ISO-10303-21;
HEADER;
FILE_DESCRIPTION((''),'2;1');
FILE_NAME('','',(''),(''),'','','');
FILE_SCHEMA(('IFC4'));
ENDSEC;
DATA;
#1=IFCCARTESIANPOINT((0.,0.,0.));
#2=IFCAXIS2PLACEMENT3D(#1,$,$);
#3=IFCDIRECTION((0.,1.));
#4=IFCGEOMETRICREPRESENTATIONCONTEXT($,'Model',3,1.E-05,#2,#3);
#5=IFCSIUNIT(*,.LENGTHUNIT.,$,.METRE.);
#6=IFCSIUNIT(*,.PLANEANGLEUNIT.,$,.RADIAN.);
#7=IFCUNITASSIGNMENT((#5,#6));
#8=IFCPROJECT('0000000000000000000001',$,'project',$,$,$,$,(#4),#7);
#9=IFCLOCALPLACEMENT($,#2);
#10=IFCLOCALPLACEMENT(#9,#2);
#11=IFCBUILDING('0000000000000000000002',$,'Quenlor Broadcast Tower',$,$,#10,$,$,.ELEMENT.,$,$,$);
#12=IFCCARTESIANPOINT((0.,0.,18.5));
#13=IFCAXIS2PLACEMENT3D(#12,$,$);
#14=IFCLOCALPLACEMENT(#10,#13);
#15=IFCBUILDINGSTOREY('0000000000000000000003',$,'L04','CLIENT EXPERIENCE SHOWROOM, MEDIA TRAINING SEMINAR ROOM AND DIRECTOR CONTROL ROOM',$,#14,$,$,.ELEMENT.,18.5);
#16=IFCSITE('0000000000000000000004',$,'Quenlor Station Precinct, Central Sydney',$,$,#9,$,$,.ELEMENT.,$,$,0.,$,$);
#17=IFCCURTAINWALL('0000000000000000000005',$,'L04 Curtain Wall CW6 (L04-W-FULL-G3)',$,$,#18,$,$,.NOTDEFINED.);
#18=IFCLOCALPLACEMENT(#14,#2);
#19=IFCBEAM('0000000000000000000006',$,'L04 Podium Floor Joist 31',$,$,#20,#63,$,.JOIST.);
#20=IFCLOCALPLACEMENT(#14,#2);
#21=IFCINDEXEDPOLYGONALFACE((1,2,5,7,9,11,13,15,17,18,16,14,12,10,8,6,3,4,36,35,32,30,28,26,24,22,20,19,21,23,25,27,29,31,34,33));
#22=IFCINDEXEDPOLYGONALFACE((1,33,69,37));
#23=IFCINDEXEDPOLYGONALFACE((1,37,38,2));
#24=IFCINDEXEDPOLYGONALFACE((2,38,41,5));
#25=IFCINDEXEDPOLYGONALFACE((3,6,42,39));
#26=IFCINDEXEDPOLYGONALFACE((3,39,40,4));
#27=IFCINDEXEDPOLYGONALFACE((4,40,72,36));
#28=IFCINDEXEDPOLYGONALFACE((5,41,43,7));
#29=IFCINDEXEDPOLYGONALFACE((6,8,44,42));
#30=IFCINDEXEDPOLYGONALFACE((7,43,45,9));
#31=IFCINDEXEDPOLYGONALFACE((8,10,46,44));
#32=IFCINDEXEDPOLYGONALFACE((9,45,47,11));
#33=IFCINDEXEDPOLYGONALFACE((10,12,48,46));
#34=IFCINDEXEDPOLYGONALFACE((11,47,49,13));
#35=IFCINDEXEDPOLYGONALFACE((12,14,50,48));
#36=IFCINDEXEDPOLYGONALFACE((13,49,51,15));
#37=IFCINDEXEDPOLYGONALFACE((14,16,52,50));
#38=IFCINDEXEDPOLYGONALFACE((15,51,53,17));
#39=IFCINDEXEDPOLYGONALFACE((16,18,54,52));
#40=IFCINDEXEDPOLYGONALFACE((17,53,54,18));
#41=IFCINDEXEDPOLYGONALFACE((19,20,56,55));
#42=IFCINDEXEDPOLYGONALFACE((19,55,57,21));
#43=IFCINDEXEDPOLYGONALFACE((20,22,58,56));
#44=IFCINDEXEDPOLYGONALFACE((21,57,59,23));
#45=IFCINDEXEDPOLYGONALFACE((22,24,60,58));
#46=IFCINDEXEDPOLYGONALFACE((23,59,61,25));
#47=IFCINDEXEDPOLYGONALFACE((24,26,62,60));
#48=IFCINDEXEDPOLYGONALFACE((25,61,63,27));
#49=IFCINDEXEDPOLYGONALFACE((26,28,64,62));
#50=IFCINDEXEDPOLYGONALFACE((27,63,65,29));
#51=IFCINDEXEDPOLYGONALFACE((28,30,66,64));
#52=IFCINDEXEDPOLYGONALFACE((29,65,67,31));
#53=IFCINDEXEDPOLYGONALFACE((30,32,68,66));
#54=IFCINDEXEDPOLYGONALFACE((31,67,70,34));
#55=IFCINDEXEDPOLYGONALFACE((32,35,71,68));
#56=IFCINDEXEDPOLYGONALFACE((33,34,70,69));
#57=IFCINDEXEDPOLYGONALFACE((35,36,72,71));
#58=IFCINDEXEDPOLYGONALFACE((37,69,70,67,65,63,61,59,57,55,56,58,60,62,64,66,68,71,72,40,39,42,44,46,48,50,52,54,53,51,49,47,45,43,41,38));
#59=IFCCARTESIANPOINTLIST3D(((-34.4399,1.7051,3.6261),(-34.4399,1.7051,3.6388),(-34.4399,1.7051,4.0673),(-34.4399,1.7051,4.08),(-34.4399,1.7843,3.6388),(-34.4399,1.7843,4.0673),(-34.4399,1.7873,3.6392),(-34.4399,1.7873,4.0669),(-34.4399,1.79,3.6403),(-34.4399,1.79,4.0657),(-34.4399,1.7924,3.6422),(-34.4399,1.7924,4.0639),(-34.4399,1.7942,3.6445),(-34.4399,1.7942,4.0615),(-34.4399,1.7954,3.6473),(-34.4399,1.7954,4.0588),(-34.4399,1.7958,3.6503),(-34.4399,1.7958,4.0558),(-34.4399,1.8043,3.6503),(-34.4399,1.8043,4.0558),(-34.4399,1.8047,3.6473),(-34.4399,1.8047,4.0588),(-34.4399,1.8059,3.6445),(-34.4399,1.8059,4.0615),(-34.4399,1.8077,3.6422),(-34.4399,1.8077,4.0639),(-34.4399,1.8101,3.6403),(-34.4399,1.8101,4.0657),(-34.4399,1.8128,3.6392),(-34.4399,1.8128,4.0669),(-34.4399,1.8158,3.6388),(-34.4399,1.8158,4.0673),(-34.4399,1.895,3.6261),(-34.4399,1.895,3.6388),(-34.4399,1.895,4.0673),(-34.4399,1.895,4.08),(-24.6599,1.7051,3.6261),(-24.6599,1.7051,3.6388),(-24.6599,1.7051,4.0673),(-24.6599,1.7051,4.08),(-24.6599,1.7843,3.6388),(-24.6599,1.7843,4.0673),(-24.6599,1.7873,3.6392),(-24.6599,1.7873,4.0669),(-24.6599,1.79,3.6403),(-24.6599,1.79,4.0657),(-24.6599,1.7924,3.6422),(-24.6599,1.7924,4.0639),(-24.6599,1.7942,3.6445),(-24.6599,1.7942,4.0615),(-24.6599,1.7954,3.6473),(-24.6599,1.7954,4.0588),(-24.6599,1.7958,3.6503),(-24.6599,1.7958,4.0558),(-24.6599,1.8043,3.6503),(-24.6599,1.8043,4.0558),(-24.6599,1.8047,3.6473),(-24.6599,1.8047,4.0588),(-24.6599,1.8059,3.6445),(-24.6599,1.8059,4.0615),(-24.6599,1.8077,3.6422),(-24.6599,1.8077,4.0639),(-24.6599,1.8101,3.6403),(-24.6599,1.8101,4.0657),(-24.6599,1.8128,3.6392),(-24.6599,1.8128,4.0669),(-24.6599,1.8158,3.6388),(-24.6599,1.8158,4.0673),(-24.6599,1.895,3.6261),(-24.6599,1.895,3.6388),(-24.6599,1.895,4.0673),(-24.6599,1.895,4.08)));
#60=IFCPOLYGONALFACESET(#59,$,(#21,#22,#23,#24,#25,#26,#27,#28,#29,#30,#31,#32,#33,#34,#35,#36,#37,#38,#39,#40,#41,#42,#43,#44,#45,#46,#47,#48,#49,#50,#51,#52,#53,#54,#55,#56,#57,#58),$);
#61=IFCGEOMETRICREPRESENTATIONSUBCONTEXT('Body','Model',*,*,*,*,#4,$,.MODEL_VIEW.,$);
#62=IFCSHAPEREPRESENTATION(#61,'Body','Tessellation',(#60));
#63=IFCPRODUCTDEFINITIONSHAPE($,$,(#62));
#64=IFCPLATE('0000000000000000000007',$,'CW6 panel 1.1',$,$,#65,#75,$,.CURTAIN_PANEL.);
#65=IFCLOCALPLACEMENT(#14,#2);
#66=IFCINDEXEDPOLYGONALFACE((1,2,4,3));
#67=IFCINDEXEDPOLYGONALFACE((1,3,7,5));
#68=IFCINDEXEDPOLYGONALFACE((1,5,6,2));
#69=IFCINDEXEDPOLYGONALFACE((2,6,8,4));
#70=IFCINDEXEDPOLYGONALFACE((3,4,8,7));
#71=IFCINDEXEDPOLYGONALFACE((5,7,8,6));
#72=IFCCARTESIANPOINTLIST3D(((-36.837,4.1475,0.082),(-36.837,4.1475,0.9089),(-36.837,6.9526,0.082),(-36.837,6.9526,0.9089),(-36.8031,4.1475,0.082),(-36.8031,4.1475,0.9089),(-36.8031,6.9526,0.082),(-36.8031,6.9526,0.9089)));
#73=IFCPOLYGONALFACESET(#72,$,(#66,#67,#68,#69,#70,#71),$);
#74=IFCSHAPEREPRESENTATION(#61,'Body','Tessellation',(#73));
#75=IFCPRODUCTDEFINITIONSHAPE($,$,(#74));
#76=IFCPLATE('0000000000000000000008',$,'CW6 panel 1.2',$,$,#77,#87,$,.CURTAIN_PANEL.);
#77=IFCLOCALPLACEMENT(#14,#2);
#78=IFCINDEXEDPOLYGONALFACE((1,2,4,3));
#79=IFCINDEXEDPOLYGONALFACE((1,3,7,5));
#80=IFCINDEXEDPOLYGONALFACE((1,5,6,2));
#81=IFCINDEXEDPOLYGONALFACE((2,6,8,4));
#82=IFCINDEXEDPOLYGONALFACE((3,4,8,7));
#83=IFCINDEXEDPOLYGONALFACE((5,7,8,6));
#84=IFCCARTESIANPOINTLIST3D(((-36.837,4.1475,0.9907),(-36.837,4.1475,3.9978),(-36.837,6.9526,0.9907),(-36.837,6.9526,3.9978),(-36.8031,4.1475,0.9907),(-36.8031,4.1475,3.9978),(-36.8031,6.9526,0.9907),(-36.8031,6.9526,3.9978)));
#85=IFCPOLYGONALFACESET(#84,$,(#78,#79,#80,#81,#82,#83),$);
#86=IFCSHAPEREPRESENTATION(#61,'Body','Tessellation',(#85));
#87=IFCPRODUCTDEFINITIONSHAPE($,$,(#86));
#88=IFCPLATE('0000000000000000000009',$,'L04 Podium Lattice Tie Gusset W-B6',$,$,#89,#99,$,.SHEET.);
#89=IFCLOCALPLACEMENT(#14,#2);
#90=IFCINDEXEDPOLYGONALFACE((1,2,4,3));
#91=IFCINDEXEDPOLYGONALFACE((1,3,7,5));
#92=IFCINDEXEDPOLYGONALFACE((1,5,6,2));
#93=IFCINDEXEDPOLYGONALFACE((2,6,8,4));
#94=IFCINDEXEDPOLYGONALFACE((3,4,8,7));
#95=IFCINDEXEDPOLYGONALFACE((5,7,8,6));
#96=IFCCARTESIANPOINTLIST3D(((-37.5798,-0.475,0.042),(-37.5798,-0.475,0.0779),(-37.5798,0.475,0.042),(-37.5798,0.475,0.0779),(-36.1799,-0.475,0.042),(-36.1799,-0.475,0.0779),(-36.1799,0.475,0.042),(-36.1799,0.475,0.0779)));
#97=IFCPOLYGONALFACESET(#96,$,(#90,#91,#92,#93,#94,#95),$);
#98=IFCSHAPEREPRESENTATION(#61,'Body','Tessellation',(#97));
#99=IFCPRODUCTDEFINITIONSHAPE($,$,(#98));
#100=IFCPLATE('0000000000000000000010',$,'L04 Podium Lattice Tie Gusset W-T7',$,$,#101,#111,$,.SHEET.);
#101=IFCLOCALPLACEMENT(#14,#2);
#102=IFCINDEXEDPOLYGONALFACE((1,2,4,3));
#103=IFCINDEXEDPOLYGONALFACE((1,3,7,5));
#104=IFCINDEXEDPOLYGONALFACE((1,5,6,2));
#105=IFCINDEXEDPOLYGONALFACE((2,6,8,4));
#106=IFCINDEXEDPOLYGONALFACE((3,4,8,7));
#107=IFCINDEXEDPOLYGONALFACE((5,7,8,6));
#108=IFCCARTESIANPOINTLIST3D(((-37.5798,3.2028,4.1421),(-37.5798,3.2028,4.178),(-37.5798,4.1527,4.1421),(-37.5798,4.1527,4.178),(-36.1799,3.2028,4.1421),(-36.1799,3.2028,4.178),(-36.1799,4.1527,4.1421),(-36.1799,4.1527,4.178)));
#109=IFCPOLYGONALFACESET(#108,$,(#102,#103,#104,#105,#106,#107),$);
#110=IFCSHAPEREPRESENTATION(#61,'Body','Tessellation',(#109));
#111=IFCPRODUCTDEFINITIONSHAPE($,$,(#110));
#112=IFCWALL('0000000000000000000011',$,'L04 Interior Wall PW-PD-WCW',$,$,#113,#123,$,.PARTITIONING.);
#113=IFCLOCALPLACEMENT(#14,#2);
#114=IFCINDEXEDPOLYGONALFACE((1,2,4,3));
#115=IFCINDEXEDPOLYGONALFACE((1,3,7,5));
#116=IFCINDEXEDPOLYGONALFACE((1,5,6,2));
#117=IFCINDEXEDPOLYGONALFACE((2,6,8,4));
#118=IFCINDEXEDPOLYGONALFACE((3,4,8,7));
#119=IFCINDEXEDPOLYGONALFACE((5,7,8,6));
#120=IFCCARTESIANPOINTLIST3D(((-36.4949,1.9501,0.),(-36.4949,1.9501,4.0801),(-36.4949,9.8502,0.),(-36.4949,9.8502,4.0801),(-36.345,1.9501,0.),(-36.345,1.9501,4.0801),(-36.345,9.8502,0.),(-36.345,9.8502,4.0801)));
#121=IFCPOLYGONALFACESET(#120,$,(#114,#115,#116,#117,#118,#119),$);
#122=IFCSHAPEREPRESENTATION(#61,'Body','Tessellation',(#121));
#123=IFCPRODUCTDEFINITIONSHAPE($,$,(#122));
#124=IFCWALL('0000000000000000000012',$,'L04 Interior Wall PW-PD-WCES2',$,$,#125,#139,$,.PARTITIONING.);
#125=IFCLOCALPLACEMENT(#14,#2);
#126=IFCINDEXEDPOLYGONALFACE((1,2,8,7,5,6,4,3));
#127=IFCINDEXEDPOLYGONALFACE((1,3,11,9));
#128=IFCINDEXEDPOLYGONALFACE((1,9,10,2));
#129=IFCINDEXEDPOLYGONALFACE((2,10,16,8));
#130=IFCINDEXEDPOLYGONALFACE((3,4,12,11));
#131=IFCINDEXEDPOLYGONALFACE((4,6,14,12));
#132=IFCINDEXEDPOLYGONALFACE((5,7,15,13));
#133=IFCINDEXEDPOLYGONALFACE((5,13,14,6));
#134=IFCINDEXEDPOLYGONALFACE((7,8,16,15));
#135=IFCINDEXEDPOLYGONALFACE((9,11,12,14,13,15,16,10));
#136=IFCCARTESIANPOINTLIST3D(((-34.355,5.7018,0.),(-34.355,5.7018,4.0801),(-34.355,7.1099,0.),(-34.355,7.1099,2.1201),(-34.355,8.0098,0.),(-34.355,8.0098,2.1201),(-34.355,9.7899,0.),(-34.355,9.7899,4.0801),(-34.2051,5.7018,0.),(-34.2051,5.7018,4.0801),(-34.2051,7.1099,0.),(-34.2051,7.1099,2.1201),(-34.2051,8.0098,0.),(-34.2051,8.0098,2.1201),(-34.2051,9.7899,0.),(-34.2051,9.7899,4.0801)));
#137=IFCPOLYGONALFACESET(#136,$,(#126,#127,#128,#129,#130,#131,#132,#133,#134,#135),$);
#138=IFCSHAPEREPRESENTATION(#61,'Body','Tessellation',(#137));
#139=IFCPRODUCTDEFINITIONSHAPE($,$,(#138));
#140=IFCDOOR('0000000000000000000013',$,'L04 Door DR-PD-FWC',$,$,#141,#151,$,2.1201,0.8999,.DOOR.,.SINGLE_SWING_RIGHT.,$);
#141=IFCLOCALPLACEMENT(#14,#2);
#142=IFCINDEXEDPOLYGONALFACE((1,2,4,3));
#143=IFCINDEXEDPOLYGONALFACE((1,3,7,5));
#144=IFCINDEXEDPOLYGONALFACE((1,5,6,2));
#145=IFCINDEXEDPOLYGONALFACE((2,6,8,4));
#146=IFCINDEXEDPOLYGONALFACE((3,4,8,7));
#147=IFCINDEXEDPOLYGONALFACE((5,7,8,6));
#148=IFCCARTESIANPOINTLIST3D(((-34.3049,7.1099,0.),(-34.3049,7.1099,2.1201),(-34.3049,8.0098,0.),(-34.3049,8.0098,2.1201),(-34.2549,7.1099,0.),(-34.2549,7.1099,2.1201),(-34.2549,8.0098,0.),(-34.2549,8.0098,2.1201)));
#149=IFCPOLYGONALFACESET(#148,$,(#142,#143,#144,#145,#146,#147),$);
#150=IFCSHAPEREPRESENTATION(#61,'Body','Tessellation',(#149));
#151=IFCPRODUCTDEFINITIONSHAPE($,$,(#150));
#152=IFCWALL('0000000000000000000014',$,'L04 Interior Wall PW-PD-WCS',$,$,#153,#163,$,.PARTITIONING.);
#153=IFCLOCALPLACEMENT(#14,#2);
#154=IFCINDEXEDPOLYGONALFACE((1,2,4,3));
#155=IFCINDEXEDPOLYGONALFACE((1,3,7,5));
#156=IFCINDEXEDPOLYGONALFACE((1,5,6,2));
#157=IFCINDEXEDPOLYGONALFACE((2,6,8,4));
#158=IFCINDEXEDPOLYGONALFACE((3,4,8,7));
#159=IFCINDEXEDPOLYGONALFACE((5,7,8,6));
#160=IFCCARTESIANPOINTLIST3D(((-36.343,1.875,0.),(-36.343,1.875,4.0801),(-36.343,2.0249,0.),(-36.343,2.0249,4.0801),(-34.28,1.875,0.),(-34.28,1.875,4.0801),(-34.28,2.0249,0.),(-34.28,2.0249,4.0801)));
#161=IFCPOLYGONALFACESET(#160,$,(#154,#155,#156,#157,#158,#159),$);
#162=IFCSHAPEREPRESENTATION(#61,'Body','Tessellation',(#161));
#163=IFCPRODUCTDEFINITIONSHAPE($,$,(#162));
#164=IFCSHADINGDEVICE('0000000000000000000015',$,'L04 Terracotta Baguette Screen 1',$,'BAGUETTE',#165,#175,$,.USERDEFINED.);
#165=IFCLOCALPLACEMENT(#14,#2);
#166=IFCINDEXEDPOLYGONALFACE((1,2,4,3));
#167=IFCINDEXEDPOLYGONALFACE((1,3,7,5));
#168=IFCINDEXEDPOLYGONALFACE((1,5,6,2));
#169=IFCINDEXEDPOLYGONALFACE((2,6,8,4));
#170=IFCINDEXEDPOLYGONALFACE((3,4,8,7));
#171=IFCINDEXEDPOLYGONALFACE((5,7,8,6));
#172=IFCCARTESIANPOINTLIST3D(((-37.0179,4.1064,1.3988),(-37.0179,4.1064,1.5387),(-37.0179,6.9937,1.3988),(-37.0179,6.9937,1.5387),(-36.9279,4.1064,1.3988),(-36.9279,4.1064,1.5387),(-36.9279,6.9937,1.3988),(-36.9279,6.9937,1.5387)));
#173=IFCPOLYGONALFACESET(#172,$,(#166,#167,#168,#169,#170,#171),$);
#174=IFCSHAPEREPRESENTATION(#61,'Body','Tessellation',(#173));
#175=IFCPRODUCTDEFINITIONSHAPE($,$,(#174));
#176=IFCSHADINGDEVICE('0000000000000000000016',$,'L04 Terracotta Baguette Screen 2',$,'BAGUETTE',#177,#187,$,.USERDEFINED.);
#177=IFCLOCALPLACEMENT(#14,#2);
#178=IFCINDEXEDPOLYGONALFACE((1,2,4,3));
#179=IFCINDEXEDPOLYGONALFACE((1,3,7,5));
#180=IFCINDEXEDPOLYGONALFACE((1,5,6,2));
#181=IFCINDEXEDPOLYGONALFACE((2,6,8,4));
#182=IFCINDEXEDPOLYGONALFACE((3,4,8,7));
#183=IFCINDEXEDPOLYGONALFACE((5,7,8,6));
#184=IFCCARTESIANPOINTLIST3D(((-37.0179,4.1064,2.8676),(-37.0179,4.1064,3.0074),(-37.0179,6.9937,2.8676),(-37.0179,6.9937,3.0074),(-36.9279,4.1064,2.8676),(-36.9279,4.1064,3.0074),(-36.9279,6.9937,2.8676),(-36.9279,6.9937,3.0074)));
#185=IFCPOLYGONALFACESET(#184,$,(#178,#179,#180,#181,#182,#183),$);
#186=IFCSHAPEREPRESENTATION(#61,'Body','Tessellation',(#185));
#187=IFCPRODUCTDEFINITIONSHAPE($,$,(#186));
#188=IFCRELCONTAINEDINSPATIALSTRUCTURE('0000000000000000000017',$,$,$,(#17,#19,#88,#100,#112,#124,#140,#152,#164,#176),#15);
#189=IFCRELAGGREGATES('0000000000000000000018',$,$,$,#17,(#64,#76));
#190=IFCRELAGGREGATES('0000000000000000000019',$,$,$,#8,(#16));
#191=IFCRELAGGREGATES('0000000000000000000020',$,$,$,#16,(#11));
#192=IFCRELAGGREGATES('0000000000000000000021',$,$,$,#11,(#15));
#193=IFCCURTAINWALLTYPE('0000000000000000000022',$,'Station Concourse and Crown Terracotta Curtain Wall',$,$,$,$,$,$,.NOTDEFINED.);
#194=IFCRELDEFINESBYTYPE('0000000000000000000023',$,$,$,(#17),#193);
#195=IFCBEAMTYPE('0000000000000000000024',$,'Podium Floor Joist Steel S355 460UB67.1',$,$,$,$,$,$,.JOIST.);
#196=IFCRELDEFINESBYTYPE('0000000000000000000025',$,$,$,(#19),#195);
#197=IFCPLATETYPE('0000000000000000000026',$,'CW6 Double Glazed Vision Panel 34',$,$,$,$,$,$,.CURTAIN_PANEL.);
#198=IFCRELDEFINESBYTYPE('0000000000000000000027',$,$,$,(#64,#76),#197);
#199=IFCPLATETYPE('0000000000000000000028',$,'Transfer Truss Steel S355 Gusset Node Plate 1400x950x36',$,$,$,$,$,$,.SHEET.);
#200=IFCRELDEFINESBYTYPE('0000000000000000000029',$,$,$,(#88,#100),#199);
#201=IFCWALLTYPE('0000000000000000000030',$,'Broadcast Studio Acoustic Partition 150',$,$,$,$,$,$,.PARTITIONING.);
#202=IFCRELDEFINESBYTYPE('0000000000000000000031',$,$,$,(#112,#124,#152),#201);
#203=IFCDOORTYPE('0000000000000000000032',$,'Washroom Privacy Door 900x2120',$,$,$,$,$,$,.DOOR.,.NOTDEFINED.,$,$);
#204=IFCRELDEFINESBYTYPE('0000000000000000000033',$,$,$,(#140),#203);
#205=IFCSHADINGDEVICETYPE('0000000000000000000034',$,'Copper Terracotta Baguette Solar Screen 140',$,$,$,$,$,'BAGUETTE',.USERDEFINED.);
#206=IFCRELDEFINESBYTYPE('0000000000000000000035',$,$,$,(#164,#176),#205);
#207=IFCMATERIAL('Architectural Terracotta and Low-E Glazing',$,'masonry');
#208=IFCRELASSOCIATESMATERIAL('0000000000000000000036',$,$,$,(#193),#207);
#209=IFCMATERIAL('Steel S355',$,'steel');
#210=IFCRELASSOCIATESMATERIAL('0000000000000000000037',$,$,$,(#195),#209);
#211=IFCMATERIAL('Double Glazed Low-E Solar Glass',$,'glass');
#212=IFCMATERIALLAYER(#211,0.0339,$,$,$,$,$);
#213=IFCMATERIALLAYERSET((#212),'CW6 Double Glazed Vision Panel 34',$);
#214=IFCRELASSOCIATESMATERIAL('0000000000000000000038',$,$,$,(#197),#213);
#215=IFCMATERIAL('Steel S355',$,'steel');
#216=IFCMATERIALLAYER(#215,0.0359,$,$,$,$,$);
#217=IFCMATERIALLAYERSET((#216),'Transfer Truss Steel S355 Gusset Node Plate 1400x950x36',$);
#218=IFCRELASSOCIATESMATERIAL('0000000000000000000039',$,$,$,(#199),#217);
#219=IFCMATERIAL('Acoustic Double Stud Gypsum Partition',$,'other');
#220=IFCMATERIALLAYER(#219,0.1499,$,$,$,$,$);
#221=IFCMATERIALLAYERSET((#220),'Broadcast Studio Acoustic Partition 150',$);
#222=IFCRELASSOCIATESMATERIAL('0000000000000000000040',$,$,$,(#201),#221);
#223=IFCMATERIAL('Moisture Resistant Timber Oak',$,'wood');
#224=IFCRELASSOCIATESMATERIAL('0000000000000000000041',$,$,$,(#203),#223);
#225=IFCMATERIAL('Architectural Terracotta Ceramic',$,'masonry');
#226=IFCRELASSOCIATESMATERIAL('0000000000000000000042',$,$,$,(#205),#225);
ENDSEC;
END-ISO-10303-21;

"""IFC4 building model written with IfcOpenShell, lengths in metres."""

from ifc_helpers import new_model, si_unit, direction, frame, frame_2d, origin, origin_2d, place, context, subcontext, project, spatial, rectangle, i_section, extrude, material, layer, layer_set, material_profile, profile_set, type_object, element, fill, aggregate, save


model = new_model("IFC4")

# Units and contexts
model_context = context("Model", 3, precision=1e-05, world=origin(), true_north=direction((0.0, 1.0)))
body_context = subcontext(model_context, "Body", "Model", "MODEL_VIEW")
ifc_project = project(units=[si_unit("LENGTHUNIT", "METRE"), si_unit("PLANEANGLEUNIT", "RADIAN")], contexts=[model_context])

# Site, building, storey
site_placement = place(None, origin())
site = spatial("IfcSite", under=ifc_project, at=site_placement, Name="Quenlor Station Precinct, Central Sydney", CompositionType="ELEMENT", RefElevation=0.0)
building_placement = place(site_placement, origin())
building = spatial("IfcBuilding", under=site, at=building_placement, Name="Quenlor Broadcast Tower", CompositionType="ELEMENT")
storey_placement = place(building_placement, frame((0.0, 0.0, 18.5)))
storey = spatial("IfcBuildingStorey", under=building, at=storey_placement, Name="L04", Description="CLIENT EXPERIENCE SHOWROOM, MEDIA TRAINING SEMINAR ROOM AND DIRECTOR CONTROL ROOM", CompositionType="ELEMENT", Elevation=18.5)

# Curtain wall
ifc_material_1 = material(Name="Architectural Terracotta and Low-E Glazing", Category="masonry")
curtain_wall_type = type_object("IfcCurtainWallType", Name="Station Concourse and Crown Terracotta Curtain Wall", PredefinedType="NOTDEFINED", material=ifc_material_1)
curtain_wall_placement = place(storey_placement, origin())
curtain_wall = element("IfcCurtainWall", 1, at=curtain_wall_placement, inside=storey, type_object=curtain_wall_type, Name="L04 Curtain Wall CW6 (L04-W-FULL-G3)", PredefinedType="NOTDEFINED")

# Beam
ifc_material_2 = material(Name="Steel S355", Category="steel")
ifc_material_profile_1 = material_profile(ifc_material_2, i_section(OverallWidth=0.1899, OverallDepth=0.4539, WebThickness=0.0085, FlangeThickness=0.0127, FilletRadius=0.0115, at=origin_2d()))
ifc_profile_set_1 = profile_set([ifc_material_profile_1], Name="Steel S355 460UB67.1")
beam_type_1 = type_object("IfcBeamType", Name="Podium Floor Joist Steel S355 460UB67.1", PredefinedType="JOIST", material=ifc_profile_set_1)
beam_1_placement = place(storey_placement, frame((-34.4399, 1.8, 3.853), z_axis=(1.0, 0.0, 0.0), x_axis=(0.0, 1.0, 0.0)))
element("IfcBeam", 2, at=beam_1_placement, inside=storey, type_object=beam_type_1, Name="L04 Podium Floor Joist 31", PredefinedType="JOIST", context=body_context, shape_type="SweptSolid", body=[
    extrude(i_section(OverallWidth=0.1899, OverallDepth=0.4539, WebThickness=0.0085, FlangeThickness=0.0127, FilletRadius=0.0115, at=origin_2d()), origin(), (0.0, 0.0, 1.0), 9.78),
])

# Plates
ifc_material_3 = material(Name="Double Glazed Low-E Solar Glass", Category="glass")
ifc_layer_1 = layer(ifc_material_3, 0.0339)
ifc_layer_set_1 = layer_set([ifc_layer_1], Name="CW6 Double Glazed Vision Panel 34")
plate_type_1 = type_object("IfcPlateType", Name="CW6 Double Glazed Vision Panel 34", PredefinedType="CURTAIN_PANEL", material=ifc_layer_set_1)
plate_1_placement = place(storey_placement, frame((-36.8201, 5.55, 0.082), z_axis=(0.0, 0.0, 1.0), x_axis=(0.0, 1.0, 0.0)))
plate_1 = element("IfcPlate", 3, at=plate_1_placement, type_object=plate_type_1, Name="CW6 panel 1.1", PredefinedType="CURTAIN_PANEL", context=body_context, shape_type="SweptSolid", body=[
    extrude(rectangle(XDim=2.8052, YDim=0.0339, at=origin_2d()), origin(), (0.0, 0.0, 1.0), 0.8269),
])
plate_2_placement = place(storey_placement, frame((-36.8201, 5.55, 0.9907), z_axis=(0.0, 0.0, 1.0), x_axis=(0.0, 1.0, 0.0)))
plate_2 = element("IfcPlate", 4, at=plate_2_placement, type_object=plate_type_1, Name="CW6 panel 1.2", PredefinedType="CURTAIN_PANEL", context=body_context, shape_type="SweptSolid", body=[
    extrude(rectangle(XDim=2.8052, YDim=0.0339, at=origin_2d()), origin(), (0.0, 0.0, 1.0), 3.0071),
])
aggregate(curtain_wall, [plate_1, plate_2])

# Plates
ifc_material_4 = material(Name="Steel S355", Category="steel")
ifc_layer_2 = layer(ifc_material_4, 0.0359)
ifc_layer_set_2 = layer_set([ifc_layer_2], Name="Transfer Truss Steel S355 Gusset Node Plate 1400x950x36")
plate_type_2 = type_object("IfcPlateType", Name="Transfer Truss Steel S355 Gusset Node Plate 1400x950x36", PredefinedType="SHEET", material=ifc_layer_set_2)
for number, where, z_axis, x_axis, name in (
    (5, (-36.8799, 0.0, 0.042), (0.0, 0.0, 1.0), (-1.0, 0.0, 0.0), "L04 Podium Lattice Tie Gusset W-B6"),
    (6, (-36.8799, 3.6777, 4.1421), (0.0, 0.0, 1.0), (-1.0, 0.0, 0.0), "L04 Podium Lattice Tie Gusset W-T7"),
):
    element("IfcPlate", number, at=place(storey_placement, frame(where, z_axis=z_axis, x_axis=x_axis)), inside=storey, type_object=plate_type_2, Name=name, PredefinedType="SHEET", context=body_context, shape_type="SweptSolid", body=[
        extrude(rectangle(XDim=1.3999, YDim=0.95, at=origin_2d()), origin(), (0.0, 0.0, 1.0), 0.0359),
    ])

# Wall
ifc_material_5 = material(Name="Acoustic Double Stud Gypsum Partition", Category="other")
ifc_layer_3 = layer(ifc_material_5, 0.1499)
ifc_layer_set_3 = layer_set([ifc_layer_3], Name="Broadcast Studio Acoustic Partition 150")
wall_type = type_object("IfcWallType", Name="Broadcast Studio Acoustic Partition 150", PredefinedType="PARTITIONING", material=ifc_layer_set_3)
wall_1_placement = place(storey_placement, frame((-36.4199, 1.95, 0.0), z_axis=(0.0, 0.0, 1.0), x_axis=(0.0, 1.0, 0.0)))
element("IfcWall", 7, at=wall_1_placement, inside=storey, type_object=wall_type, Name="L04 Interior Wall PW-PD-WCW", PredefinedType="PARTITIONING", context=body_context, shape_type="SweptSolid", body=[
    extrude(rectangle(XDim=7.9001, YDim=0.1499, at=frame_2d((3.9502, 0.0))), origin(), (0.0, 0.0, 1.0), 4.0801),
])

# Wall, opening, door
ifc_material_6 = material(Name="Moisture Resistant Timber Oak", Category="wood")
door_type = type_object("IfcDoorType", Name="Washroom Privacy Door 900x2120", OperationType="NOTDEFINED", PredefinedType="DOOR", material=ifc_material_6)
wall_2_placement = place(storey_placement, frame((-34.28, 5.7019, 0.0), z_axis=(0.0, 0.0, 1.0), x_axis=(0.0, 1.0, 0.0)))
wall_2 = element("IfcWall", 8, at=wall_2_placement, inside=storey, type_object=wall_type, Name="L04 Interior Wall PW-PD-WCES2", PredefinedType="PARTITIONING", context=body_context, shape_type="SweptSolid", body=[
    extrude(rectangle(XDim=4.0881, YDim=0.1499, at=frame_2d((2.0439, 0.0))), origin(), (0.0, 0.0, 1.0), 4.0801),
])
opening_1_placement = place(wall_2_placement, frame((1.408, 0.0, 0.0)))
opening_1 = element("IfcOpeningElement", 9, at=opening_1_placement, cuts=wall_2, PredefinedType="OPENING", context=body_context, shape_type="SweptSolid", body=[
    extrude(rectangle(XDim=0.8999, YDim=2.1201, at=frame_2d((0.45, 1.0601))), frame((0.0, 0.085, 0.0), z_axis=(0.0, -1.0, 0.0), x_axis=(1.0, 0.0, 0.0)), (0.0, 0.0, 1.0), 0.1699),
])
door_1_placement = place(opening_1_placement, origin())
door_1 = element("IfcDoor", 10, at=door_1_placement, inside=storey, type_object=door_type, Name="L04 Door DR-PD-FWC", OperationType="SINGLE_SWING_RIGHT", OverallHeight=2.1201, OverallWidth=0.8999, PredefinedType="DOOR", context=body_context, shape_type="SweptSolid", body=[
    extrude(rectangle(XDim=0.8999, YDim=2.1201, at=frame_2d((0.45, 1.0601))), frame((0.0, 0.0249, 0.0), z_axis=(0.0, -1.0, 0.0), x_axis=(1.0, 0.0, 0.0)), (0.0, 0.0, 1.0), 0.05),
])
fill(opening_1, door_1)

# Wall
wall_3_placement = place(storey_placement, frame((-36.343, 1.95, 0.0), z_axis=(0.0, 0.0, 1.0), x_axis=(1.0, 0.0, 0.0)))
element("IfcWall", 11, at=wall_3_placement, inside=storey, type_object=wall_type, Name="L04 Interior Wall PW-PD-WCS", PredefinedType="PARTITIONING", context=body_context, shape_type="SweptSolid", body=[
    extrude(rectangle(XDim=2.063, YDim=0.1499, at=frame_2d((1.0315, 0.0))), origin(), (0.0, 0.0, 1.0), 4.0801),
])

# Shading devices
ifc_material_7 = material(Name="Architectural Terracotta Ceramic", Category="masonry")
ifc_material_profile_2 = material_profile(ifc_material_7, rectangle(XDim=0.0901, YDim=0.1399, at=origin_2d()))
ifc_profile_set_2 = profile_set([ifc_material_profile_2], Name="Architectural Terracotta Ceramic BAG90x140")
shading_device_type = type_object("IfcShadingDeviceType", Name="Copper Terracotta Baguette Solar Screen 140", ElementType="BAGUETTE", PredefinedType="USERDEFINED", material=ifc_profile_set_2)
for number, where, z_axis, x_axis, name in (
    (12, (-36.9729, 4.1064, 1.4688), (0.0, 1.0, 0.0), (-1.0, 0.0, 0.0), "L04 Terracotta Baguette Screen 1"),
    (13, (-36.9729, 4.1064, 2.9375), (0.0, 1.0, 0.0), (-1.0, 0.0, 0.0), "L04 Terracotta Baguette Screen 2"),
):
    element("IfcShadingDevice", number, at=place(storey_placement, frame(where, z_axis=z_axis, x_axis=x_axis)), inside=storey, type_object=shading_device_type, Name=name, ObjectType="BAGUETTE", PredefinedType="USERDEFINED", context=body_context, shape_type="SweptSolid", body=[
        extrude(rectangle(XDim=0.0901, YDim=0.1399, at=origin_2d()), origin(), (0.0, 0.0, 1.0), 2.8872),
    ])

save(model, "model.ifc")
